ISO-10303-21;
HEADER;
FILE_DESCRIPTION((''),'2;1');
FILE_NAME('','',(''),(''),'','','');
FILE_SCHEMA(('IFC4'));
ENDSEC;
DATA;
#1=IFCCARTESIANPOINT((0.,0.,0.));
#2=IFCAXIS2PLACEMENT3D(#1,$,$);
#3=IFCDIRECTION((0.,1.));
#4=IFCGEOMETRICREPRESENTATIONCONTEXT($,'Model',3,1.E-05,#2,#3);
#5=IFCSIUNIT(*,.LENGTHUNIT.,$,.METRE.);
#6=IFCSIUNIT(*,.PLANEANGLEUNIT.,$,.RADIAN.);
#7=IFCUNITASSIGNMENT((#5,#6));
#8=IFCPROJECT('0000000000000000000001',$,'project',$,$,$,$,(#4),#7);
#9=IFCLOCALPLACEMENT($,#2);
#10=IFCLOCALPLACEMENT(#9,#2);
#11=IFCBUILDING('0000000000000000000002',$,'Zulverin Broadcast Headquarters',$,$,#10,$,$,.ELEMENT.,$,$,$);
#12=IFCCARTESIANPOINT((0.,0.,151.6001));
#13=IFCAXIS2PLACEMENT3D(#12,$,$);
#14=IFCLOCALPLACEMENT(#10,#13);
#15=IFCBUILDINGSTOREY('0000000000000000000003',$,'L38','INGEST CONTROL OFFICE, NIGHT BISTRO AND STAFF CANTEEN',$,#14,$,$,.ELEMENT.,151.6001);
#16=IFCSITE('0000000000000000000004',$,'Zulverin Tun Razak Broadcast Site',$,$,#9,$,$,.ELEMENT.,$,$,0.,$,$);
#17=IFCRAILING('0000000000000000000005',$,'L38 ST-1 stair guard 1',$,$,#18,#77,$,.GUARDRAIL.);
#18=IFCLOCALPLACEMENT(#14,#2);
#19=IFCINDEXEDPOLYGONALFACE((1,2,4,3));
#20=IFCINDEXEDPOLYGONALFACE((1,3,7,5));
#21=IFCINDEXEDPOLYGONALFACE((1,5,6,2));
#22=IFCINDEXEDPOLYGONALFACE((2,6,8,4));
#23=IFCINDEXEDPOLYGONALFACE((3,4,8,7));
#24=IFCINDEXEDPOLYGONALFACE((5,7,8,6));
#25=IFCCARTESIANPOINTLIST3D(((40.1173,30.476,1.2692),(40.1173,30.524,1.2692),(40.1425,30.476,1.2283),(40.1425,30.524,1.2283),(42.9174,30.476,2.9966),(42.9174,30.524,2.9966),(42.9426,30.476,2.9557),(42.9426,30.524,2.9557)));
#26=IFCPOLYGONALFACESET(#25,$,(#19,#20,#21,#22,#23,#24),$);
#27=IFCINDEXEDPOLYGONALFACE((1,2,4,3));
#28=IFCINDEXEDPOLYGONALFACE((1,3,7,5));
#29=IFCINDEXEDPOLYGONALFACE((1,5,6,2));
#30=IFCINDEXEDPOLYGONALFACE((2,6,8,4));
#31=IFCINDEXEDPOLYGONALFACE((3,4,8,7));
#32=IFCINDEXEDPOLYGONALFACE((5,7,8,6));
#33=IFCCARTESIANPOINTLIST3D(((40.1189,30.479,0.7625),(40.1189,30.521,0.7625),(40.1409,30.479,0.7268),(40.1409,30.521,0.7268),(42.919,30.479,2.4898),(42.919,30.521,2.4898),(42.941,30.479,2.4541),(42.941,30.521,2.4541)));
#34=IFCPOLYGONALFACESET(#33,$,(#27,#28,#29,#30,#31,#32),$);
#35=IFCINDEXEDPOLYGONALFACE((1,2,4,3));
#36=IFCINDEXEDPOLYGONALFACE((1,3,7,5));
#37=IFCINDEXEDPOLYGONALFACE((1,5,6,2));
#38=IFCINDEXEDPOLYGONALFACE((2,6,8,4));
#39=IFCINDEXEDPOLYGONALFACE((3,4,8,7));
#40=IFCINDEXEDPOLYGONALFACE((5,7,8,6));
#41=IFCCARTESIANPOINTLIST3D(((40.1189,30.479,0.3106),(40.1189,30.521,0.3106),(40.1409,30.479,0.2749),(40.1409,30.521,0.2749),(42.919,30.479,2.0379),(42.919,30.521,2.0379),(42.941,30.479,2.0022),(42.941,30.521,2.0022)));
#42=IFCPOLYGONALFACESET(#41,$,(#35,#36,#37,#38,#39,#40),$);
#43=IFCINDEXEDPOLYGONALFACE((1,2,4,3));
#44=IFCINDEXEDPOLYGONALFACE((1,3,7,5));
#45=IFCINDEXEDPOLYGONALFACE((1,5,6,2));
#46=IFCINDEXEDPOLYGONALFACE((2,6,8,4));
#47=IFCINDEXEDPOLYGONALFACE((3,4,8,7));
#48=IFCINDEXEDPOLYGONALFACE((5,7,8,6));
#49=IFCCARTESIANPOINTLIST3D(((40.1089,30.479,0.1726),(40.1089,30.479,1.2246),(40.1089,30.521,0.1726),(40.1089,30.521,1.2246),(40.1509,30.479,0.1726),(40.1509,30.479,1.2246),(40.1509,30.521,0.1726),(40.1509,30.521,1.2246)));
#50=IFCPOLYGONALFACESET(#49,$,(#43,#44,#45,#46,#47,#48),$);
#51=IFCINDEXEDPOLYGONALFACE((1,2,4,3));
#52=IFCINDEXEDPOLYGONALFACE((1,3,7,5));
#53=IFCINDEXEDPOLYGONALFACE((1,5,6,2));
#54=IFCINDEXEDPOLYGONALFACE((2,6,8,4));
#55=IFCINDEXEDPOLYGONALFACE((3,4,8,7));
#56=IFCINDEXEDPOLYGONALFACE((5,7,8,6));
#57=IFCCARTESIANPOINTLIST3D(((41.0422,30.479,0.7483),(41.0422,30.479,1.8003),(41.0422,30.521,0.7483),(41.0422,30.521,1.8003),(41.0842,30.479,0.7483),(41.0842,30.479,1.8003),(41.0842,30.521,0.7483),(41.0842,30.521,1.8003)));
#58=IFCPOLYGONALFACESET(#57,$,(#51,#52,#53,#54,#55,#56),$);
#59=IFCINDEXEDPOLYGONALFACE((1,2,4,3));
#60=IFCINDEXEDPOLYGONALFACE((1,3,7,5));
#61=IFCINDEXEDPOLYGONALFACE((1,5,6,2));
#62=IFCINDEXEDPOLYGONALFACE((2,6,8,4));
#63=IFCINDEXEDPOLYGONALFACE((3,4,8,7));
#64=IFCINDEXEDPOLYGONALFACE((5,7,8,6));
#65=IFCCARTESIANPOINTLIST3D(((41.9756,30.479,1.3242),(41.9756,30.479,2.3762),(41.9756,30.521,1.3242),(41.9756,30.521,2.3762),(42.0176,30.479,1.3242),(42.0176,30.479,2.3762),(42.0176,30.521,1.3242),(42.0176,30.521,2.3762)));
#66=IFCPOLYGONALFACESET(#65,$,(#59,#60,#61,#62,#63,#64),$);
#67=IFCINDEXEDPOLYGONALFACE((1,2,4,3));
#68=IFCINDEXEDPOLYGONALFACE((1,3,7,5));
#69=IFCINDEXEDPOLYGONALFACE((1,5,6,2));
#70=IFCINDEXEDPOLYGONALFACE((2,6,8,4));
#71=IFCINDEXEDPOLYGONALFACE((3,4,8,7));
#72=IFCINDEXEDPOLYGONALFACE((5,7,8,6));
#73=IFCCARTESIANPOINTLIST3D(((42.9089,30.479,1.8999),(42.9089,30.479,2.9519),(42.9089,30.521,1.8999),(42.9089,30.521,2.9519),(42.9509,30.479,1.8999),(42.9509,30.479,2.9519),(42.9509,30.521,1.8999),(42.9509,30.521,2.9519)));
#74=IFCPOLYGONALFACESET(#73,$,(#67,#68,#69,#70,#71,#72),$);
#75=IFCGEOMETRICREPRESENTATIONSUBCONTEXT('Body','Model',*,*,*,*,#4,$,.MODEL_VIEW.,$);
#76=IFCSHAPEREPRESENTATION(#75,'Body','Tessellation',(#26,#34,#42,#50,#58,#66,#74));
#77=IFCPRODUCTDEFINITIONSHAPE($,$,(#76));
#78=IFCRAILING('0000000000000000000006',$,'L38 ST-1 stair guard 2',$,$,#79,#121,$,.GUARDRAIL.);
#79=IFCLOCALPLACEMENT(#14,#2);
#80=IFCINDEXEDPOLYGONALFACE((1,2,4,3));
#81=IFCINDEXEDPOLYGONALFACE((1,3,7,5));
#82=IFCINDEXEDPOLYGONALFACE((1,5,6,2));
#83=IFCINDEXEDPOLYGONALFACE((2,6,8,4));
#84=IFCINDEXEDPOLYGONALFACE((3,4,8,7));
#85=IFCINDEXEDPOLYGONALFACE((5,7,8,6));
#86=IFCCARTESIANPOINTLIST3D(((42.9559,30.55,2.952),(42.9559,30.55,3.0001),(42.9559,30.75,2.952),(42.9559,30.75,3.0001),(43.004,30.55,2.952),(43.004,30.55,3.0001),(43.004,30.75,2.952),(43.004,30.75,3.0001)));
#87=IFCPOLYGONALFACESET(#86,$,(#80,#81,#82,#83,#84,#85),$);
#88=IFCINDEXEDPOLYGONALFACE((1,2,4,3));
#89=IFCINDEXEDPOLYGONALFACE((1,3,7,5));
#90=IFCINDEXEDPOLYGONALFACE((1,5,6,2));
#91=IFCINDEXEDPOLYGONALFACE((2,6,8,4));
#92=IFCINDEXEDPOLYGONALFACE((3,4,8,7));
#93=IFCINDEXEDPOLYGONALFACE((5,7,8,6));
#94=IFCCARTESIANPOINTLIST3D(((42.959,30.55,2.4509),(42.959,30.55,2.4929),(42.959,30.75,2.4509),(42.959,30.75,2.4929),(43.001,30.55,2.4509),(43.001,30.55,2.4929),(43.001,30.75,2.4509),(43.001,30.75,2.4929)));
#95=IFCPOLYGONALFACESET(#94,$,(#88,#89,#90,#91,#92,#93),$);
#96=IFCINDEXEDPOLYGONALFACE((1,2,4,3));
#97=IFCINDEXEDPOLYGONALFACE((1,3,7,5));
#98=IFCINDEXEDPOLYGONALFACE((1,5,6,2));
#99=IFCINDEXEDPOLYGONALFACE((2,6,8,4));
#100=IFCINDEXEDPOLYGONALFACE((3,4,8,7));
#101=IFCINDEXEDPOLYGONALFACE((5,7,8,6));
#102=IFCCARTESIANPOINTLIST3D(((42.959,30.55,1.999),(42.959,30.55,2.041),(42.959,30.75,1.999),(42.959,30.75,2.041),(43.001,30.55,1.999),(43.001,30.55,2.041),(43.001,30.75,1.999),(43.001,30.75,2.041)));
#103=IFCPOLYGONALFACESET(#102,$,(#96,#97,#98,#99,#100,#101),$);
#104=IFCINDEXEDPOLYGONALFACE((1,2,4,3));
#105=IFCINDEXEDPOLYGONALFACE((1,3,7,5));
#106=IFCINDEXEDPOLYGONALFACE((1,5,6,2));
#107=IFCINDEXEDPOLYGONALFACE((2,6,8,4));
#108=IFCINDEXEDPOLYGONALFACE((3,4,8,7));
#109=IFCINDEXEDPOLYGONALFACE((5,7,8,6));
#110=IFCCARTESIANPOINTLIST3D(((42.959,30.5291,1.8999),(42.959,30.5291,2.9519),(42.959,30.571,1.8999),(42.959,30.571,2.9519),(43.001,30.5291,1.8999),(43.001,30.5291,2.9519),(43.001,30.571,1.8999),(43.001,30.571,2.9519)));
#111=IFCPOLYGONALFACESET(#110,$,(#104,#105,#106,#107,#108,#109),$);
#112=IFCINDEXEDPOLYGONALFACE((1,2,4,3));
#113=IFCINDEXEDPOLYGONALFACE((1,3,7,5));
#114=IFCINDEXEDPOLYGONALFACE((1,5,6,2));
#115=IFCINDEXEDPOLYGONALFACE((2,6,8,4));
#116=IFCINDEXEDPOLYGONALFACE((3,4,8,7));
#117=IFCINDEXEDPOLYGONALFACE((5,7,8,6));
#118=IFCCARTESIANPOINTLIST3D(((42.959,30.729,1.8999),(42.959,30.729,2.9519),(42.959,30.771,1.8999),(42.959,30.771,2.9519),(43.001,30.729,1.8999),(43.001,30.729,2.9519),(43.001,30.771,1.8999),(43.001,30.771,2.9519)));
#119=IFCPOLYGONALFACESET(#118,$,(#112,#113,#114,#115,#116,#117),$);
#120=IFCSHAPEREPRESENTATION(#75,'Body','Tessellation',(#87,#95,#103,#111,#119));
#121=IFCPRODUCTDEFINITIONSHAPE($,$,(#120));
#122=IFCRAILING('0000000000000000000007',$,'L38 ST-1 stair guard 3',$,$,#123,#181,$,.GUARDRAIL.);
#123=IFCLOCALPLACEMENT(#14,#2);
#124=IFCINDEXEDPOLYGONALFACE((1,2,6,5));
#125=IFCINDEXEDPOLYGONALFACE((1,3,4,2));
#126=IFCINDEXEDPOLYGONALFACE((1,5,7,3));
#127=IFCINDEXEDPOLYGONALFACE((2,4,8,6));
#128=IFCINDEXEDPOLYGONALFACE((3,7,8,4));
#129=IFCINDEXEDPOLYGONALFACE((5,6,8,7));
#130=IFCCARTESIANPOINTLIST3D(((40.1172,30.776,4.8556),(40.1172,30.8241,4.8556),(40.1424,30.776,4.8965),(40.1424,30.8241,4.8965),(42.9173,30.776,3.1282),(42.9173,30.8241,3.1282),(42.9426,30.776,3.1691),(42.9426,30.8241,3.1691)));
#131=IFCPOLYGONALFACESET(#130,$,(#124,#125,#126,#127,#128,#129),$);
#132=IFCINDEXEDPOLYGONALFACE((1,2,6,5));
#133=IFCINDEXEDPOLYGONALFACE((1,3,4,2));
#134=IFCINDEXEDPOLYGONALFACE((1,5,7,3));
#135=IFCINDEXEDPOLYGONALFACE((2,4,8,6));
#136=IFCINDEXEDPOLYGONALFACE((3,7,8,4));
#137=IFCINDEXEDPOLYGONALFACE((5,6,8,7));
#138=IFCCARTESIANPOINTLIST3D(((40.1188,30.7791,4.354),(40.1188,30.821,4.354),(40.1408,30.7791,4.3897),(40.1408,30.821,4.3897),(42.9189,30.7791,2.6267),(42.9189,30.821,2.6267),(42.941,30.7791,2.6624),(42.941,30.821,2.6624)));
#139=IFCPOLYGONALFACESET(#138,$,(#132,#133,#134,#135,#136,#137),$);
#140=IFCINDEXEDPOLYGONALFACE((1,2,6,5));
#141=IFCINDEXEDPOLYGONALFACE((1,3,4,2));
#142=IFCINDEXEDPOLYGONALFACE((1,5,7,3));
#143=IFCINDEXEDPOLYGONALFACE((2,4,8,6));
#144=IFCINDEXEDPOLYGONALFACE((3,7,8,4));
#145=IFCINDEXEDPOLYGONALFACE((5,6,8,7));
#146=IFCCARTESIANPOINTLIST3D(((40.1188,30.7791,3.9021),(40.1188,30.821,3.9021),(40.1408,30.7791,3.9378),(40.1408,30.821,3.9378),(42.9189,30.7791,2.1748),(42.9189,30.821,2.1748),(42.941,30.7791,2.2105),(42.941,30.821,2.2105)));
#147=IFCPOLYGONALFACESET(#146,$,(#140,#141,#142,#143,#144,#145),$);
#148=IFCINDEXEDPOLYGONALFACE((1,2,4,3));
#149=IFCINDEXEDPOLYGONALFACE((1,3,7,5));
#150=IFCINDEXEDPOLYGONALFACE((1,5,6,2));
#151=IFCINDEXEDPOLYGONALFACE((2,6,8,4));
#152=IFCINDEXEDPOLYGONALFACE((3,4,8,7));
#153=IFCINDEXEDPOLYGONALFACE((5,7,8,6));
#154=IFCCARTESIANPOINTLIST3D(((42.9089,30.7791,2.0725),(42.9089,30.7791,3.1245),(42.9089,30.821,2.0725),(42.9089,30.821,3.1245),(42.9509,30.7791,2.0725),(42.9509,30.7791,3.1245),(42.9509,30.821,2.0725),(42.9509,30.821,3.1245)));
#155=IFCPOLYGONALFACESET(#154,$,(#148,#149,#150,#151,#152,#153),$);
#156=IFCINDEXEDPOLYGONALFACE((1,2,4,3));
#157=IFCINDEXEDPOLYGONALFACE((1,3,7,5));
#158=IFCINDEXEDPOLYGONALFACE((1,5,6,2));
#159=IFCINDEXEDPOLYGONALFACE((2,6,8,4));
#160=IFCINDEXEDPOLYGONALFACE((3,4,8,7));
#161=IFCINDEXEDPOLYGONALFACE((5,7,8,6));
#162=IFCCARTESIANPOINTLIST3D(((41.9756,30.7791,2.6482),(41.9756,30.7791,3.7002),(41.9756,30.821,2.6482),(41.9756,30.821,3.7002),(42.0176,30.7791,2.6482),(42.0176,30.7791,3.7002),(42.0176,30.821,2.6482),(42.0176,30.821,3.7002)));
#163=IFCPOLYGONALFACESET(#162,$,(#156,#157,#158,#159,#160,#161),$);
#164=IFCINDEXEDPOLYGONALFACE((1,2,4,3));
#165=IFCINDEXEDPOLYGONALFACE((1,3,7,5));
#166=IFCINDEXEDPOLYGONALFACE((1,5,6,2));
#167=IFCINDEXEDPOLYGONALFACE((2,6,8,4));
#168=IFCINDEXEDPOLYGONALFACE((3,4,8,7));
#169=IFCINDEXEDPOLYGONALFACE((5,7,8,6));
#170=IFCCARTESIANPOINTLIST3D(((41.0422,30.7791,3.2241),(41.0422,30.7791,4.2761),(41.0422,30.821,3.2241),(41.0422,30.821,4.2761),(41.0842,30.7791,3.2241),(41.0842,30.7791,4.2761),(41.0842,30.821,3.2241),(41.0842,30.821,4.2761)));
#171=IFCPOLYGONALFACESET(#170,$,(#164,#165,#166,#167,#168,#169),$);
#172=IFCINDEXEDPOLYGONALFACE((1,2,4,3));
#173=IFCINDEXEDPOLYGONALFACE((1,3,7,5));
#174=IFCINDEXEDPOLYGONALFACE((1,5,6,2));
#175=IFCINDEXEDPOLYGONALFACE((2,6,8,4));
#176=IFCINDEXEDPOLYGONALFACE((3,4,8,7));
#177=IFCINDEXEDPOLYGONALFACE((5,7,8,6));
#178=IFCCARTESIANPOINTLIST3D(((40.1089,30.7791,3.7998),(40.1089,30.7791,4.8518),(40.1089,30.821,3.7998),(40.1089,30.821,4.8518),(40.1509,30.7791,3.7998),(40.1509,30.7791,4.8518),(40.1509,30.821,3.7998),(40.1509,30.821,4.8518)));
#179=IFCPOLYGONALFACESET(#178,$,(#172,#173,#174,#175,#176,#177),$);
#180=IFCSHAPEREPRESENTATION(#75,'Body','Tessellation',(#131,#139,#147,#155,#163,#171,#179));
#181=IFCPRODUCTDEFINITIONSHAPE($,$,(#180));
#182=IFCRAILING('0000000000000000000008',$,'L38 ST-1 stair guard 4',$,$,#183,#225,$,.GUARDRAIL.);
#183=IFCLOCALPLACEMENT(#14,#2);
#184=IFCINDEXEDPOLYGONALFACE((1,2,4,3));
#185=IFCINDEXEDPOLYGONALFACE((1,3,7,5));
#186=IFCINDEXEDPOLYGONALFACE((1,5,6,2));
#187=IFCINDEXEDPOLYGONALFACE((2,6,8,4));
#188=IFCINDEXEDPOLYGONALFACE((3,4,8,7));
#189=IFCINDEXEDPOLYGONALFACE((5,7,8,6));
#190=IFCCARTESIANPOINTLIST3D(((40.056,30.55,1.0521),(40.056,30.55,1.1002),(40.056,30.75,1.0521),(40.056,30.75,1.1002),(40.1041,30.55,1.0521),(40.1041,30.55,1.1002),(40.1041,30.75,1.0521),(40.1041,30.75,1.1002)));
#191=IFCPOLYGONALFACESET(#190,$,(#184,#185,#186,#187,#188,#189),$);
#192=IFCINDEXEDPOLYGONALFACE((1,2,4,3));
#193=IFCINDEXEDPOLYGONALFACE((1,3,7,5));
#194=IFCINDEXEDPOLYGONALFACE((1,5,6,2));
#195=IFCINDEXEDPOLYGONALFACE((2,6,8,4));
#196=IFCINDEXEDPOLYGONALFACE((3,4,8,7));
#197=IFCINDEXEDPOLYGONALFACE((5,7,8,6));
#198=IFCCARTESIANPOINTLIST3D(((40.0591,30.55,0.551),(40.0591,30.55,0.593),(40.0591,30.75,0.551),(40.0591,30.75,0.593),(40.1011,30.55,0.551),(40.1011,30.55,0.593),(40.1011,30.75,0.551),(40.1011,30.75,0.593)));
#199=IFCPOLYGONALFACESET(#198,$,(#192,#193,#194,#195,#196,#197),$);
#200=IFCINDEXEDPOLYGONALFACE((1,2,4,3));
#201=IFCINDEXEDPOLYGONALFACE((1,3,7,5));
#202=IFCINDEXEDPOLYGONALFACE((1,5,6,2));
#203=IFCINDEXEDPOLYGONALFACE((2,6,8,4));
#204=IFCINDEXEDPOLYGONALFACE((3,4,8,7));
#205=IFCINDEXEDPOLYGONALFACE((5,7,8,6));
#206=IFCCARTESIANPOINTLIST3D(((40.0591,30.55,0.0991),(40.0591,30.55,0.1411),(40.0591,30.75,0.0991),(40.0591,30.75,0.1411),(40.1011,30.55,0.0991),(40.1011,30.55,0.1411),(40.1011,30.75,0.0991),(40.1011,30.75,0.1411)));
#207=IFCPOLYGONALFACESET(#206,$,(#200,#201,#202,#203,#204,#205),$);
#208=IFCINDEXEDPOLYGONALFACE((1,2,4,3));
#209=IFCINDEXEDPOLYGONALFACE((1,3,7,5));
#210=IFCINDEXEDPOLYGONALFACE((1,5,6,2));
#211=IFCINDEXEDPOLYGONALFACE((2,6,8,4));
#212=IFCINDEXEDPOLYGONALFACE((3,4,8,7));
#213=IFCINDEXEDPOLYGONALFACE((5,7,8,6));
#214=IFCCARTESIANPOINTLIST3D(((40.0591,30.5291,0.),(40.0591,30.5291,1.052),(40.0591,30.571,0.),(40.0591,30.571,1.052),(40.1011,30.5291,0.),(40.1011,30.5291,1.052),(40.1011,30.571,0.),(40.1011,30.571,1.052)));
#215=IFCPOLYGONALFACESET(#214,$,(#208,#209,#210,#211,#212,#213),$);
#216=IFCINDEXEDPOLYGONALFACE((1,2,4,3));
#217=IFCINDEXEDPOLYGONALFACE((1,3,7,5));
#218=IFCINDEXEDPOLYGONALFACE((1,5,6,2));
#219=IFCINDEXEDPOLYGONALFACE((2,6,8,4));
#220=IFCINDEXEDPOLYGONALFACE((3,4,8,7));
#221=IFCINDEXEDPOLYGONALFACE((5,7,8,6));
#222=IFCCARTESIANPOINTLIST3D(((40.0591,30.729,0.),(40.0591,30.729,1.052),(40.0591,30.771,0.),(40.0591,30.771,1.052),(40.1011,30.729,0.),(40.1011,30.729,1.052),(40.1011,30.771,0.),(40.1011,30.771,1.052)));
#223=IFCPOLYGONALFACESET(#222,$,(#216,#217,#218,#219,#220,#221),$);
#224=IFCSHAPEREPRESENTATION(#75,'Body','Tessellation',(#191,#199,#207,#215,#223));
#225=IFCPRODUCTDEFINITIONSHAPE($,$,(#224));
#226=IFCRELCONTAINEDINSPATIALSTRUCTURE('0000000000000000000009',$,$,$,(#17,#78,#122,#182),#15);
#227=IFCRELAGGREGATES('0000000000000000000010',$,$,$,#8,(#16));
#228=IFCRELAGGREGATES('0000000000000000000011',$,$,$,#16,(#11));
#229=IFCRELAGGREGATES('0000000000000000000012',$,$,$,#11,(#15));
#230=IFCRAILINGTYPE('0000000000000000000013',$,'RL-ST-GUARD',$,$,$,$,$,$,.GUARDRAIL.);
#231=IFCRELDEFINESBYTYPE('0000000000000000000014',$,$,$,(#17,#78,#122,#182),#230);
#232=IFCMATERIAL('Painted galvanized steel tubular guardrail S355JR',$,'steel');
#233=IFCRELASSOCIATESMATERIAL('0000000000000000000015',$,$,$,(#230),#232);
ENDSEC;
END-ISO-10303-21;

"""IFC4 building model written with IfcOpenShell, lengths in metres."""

from ifc_helpers import new_model, si_unit, direction, frame, origin, origin_2d, place, context, subcontext, project, spatial, rectangle, extrude, material, type_object, element, save


model = new_model("IFC4")

# Units and contexts
model_context = context("Model", 3, precision=1e-05, world=origin(), true_north=direction((0.0, 1.0)))
body_context = subcontext(model_context, "Body", "Model", "MODEL_VIEW")
ifc_project = project(units=[si_unit("LENGTHUNIT", "METRE"), si_unit("PLANEANGLEUNIT", "RADIAN")], contexts=[model_context])

# Site, building, storey
site_placement = place(None, origin())
site = spatial("IfcSite", under=ifc_project, at=site_placement, Name="Zulverin Tun Razak Broadcast Site", CompositionType="ELEMENT", RefElevation=0.0)
building_placement = place(site_placement, origin())
building = spatial("IfcBuilding", under=site, at=building_placement, Name="Zulverin Broadcast Headquarters", CompositionType="ELEMENT")
storey_placement = place(building_placement, frame((0.0, 0.0, 151.6001)))
storey = spatial("IfcBuildingStorey", under=building, at=storey_placement, Name="L38", Description="INGEST CONTROL OFFICE, NIGHT BISTRO AND STAFF CANTEEN", CompositionType="ELEMENT", Elevation=151.6001)

# Railings
ifc_material_1 = material(Name="Painted galvanized steel tubular guardrail S355JR", Category="steel")
railing_type_1 = type_object("IfcRailingType", Name="RL-ST-GUARD", PredefinedType="GUARDRAIL", material=ifc_material_1)
railing_1_placement = place(storey_placement, frame((40.1299, 30.5, 0.1726)))
element("IfcRailing", 1, at=railing_1_placement, inside=storey, type_object=railing_type_1, Name="L38 ST-1 stair guard 1", PredefinedType="GUARDRAIL", context=body_context, shape_type="SweptSolid", body=[
    extrude(rectangle(XDim=0.0481, YDim=0.0481, at=origin_2d()), frame((0.0, 0.0, 1.0762), z_axis=(0.85109, 0.0, 0.52502), x_axis=(0.0, 1.0, 0.0)), (0.0, 0.0, 1.0), 3.29),
    extrude(rectangle(XDim=0.042, YDim=0.042, at=origin_2d()), frame((0.0, 0.0, 0.572), z_axis=(0.85109, 0.0, 0.52502), x_axis=(0.0, 1.0, 0.0)), (0.0, 0.0, 1.0), 3.29),
    extrude(rectangle(XDim=0.042, YDim=0.042, at=origin_2d()), frame((0.0, 0.0, 0.1201), z_axis=(0.85109, 0.0, 0.52502), x_axis=(0.0, 1.0, 0.0)), (0.0, 0.0, 1.0), 3.29),
    extrude(rectangle(XDim=0.042, YDim=0.042, at=origin_2d()), origin(), (0.0, 0.0, 1.0), 1.052),
    extrude(rectangle(XDim=0.042, YDim=0.042, at=origin_2d()), frame((0.9333, 0.0, 0.5757)), (0.0, 0.0, 1.0), 1.052),
    extrude(rectangle(XDim=0.042, YDim=0.042, at=origin_2d()), frame((1.8667, 0.0, 1.1516)), (0.0, 0.0, 1.0), 1.052),
    extrude(rectangle(XDim=0.042, YDim=0.042, at=origin_2d()), frame((2.8, 0.0, 1.7273)), (0.0, 0.0, 1.0), 1.052),
])
railing_2_placement = place(storey_placement, frame((42.98, 30.55, 1.8999)))
element("IfcRailing", 2, at=railing_2_placement, inside=storey, type_object=railing_type_1, Name="L38 ST-1 stair guard 2", PredefinedType="GUARDRAIL", context=body_context, shape_type="SweptSolid", body=[
    extrude(rectangle(XDim=0.0481, YDim=0.0481, at=origin_2d()), frame((0.0, 0.0, 1.0762), z_axis=(0.0, 1.0, 0.0), x_axis=(-1.0, 0.0, 0.0)), (0.0, 0.0, 1.0), 0.2),
    extrude(rectangle(XDim=0.042, YDim=0.042, at=origin_2d()), frame((0.0, 0.0, 0.572), z_axis=(0.0, 1.0, 0.0), x_axis=(-1.0, 0.0, 0.0)), (0.0, 0.0, 1.0), 0.2),
    extrude(rectangle(XDim=0.042, YDim=0.042, at=origin_2d()), frame((0.0, 0.0, 0.1201), z_axis=(0.0, 1.0, 0.0), x_axis=(-1.0, 0.0, 0.0)), (0.0, 0.0, 1.0), 0.2),
    extrude(rectangle(XDim=0.042, YDim=0.042, at=origin_2d()), origin(), (0.0, 0.0, 1.0), 1.052),
    extrude(rectangle(XDim=0.042, YDim=0.042, at=origin_2d()), frame((0.0, 0.2, 0.0)), (0.0, 0.0, 1.0), 1.052),
])
railing_3_placement = place(storey_placement, frame((42.9299, 30.8, 2.0725)))
element("IfcRailing", 3, at=railing_3_placement, inside=storey, type_object=railing_type_1, Name="L38 ST-1 stair guard 3", PredefinedType="GUARDRAIL", context=body_context, shape_type="SweptSolid", body=[
    extrude(rectangle(XDim=0.0481, YDim=0.0481, at=origin_2d()), frame((0.0, 0.0, 1.0762), z_axis=(-0.85109, 0.0, 0.52502), x_axis=(0.0, -1.0, 0.0)), (0.0, 0.0, 1.0), 3.29),
    extrude(rectangle(XDim=0.042, YDim=0.042, at=origin_2d()), frame((0.0, 0.0, 0.572), z_axis=(-0.85109, 0.0, 0.52502), x_axis=(0.0, -1.0, 0.0)), (0.0, 0.0, 1.0), 3.29),
    extrude(rectangle(XDim=0.042, YDim=0.042, at=origin_2d()), frame((0.0, 0.0, 0.1201), z_axis=(-0.85109, 0.0, 0.52502), x_axis=(0.0, -1.0, 0.0)), (0.0, 0.0, 1.0), 3.29),
    extrude(rectangle(XDim=0.042, YDim=0.042, at=origin_2d()), origin(), (0.0, 0.0, 1.0), 1.052),
    extrude(rectangle(XDim=0.042, YDim=0.042, at=origin_2d()), frame((-0.9333, 0.0, 0.5757)), (0.0, 0.0, 1.0), 1.052),
    extrude(rectangle(XDim=0.042, YDim=0.042, at=origin_2d()), frame((-1.8667, 0.0, 1.1516)), (0.0, 0.0, 1.0), 1.052),
    extrude(rectangle(XDim=0.042, YDim=0.042, at=origin_2d()), frame((-2.8, 0.0, 1.7273)), (0.0, 0.0, 1.0), 1.052),
])
railing_4_placement = place(storey_placement, frame((40.0801, 30.55, 0.0)))
element("IfcRailing", 4, at=railing_4_placement, inside=storey, type_object=railing_type_1, Name="L38 ST-1 stair guard 4", PredefinedType="GUARDRAIL", context=body_context, shape_type="SweptSolid", body=[
    extrude(rectangle(XDim=0.0481, YDim=0.0481, at=origin_2d()), frame((0.0, 0.0, 1.0762), z_axis=(0.0, 1.0, 0.0), x_axis=(-1.0, 0.0, 0.0)), (0.0, 0.0, 1.0), 0.2),
    extrude(rectangle(XDim=0.042, YDim=0.042, at=origin_2d()), frame((0.0, 0.0, 0.572), z_axis=(0.0, 1.0, 0.0), x_axis=(-1.0, 0.0, 0.0)), (0.0, 0.0, 1.0), 0.2),
    extrude(rectangle(XDim=0.042, YDim=0.042, at=origin_2d()), frame((0.0, 0.0, 0.1201), z_axis=(0.0, 1.0, 0.0), x_axis=(-1.0, 0.0, 0.0)), (0.0, 0.0, 1.0), 0.2),
    extrude(rectangle(XDim=0.042, YDim=0.042, at=origin_2d()), origin(), (0.0, 0.0, 1.0), 1.052),
    extrude(rectangle(XDim=0.042, YDim=0.042, at=origin_2d()), frame((0.0, 0.2, 0.0)), (0.0, 0.0, 1.0), 1.052),
])

save(model, "model.ifc")
